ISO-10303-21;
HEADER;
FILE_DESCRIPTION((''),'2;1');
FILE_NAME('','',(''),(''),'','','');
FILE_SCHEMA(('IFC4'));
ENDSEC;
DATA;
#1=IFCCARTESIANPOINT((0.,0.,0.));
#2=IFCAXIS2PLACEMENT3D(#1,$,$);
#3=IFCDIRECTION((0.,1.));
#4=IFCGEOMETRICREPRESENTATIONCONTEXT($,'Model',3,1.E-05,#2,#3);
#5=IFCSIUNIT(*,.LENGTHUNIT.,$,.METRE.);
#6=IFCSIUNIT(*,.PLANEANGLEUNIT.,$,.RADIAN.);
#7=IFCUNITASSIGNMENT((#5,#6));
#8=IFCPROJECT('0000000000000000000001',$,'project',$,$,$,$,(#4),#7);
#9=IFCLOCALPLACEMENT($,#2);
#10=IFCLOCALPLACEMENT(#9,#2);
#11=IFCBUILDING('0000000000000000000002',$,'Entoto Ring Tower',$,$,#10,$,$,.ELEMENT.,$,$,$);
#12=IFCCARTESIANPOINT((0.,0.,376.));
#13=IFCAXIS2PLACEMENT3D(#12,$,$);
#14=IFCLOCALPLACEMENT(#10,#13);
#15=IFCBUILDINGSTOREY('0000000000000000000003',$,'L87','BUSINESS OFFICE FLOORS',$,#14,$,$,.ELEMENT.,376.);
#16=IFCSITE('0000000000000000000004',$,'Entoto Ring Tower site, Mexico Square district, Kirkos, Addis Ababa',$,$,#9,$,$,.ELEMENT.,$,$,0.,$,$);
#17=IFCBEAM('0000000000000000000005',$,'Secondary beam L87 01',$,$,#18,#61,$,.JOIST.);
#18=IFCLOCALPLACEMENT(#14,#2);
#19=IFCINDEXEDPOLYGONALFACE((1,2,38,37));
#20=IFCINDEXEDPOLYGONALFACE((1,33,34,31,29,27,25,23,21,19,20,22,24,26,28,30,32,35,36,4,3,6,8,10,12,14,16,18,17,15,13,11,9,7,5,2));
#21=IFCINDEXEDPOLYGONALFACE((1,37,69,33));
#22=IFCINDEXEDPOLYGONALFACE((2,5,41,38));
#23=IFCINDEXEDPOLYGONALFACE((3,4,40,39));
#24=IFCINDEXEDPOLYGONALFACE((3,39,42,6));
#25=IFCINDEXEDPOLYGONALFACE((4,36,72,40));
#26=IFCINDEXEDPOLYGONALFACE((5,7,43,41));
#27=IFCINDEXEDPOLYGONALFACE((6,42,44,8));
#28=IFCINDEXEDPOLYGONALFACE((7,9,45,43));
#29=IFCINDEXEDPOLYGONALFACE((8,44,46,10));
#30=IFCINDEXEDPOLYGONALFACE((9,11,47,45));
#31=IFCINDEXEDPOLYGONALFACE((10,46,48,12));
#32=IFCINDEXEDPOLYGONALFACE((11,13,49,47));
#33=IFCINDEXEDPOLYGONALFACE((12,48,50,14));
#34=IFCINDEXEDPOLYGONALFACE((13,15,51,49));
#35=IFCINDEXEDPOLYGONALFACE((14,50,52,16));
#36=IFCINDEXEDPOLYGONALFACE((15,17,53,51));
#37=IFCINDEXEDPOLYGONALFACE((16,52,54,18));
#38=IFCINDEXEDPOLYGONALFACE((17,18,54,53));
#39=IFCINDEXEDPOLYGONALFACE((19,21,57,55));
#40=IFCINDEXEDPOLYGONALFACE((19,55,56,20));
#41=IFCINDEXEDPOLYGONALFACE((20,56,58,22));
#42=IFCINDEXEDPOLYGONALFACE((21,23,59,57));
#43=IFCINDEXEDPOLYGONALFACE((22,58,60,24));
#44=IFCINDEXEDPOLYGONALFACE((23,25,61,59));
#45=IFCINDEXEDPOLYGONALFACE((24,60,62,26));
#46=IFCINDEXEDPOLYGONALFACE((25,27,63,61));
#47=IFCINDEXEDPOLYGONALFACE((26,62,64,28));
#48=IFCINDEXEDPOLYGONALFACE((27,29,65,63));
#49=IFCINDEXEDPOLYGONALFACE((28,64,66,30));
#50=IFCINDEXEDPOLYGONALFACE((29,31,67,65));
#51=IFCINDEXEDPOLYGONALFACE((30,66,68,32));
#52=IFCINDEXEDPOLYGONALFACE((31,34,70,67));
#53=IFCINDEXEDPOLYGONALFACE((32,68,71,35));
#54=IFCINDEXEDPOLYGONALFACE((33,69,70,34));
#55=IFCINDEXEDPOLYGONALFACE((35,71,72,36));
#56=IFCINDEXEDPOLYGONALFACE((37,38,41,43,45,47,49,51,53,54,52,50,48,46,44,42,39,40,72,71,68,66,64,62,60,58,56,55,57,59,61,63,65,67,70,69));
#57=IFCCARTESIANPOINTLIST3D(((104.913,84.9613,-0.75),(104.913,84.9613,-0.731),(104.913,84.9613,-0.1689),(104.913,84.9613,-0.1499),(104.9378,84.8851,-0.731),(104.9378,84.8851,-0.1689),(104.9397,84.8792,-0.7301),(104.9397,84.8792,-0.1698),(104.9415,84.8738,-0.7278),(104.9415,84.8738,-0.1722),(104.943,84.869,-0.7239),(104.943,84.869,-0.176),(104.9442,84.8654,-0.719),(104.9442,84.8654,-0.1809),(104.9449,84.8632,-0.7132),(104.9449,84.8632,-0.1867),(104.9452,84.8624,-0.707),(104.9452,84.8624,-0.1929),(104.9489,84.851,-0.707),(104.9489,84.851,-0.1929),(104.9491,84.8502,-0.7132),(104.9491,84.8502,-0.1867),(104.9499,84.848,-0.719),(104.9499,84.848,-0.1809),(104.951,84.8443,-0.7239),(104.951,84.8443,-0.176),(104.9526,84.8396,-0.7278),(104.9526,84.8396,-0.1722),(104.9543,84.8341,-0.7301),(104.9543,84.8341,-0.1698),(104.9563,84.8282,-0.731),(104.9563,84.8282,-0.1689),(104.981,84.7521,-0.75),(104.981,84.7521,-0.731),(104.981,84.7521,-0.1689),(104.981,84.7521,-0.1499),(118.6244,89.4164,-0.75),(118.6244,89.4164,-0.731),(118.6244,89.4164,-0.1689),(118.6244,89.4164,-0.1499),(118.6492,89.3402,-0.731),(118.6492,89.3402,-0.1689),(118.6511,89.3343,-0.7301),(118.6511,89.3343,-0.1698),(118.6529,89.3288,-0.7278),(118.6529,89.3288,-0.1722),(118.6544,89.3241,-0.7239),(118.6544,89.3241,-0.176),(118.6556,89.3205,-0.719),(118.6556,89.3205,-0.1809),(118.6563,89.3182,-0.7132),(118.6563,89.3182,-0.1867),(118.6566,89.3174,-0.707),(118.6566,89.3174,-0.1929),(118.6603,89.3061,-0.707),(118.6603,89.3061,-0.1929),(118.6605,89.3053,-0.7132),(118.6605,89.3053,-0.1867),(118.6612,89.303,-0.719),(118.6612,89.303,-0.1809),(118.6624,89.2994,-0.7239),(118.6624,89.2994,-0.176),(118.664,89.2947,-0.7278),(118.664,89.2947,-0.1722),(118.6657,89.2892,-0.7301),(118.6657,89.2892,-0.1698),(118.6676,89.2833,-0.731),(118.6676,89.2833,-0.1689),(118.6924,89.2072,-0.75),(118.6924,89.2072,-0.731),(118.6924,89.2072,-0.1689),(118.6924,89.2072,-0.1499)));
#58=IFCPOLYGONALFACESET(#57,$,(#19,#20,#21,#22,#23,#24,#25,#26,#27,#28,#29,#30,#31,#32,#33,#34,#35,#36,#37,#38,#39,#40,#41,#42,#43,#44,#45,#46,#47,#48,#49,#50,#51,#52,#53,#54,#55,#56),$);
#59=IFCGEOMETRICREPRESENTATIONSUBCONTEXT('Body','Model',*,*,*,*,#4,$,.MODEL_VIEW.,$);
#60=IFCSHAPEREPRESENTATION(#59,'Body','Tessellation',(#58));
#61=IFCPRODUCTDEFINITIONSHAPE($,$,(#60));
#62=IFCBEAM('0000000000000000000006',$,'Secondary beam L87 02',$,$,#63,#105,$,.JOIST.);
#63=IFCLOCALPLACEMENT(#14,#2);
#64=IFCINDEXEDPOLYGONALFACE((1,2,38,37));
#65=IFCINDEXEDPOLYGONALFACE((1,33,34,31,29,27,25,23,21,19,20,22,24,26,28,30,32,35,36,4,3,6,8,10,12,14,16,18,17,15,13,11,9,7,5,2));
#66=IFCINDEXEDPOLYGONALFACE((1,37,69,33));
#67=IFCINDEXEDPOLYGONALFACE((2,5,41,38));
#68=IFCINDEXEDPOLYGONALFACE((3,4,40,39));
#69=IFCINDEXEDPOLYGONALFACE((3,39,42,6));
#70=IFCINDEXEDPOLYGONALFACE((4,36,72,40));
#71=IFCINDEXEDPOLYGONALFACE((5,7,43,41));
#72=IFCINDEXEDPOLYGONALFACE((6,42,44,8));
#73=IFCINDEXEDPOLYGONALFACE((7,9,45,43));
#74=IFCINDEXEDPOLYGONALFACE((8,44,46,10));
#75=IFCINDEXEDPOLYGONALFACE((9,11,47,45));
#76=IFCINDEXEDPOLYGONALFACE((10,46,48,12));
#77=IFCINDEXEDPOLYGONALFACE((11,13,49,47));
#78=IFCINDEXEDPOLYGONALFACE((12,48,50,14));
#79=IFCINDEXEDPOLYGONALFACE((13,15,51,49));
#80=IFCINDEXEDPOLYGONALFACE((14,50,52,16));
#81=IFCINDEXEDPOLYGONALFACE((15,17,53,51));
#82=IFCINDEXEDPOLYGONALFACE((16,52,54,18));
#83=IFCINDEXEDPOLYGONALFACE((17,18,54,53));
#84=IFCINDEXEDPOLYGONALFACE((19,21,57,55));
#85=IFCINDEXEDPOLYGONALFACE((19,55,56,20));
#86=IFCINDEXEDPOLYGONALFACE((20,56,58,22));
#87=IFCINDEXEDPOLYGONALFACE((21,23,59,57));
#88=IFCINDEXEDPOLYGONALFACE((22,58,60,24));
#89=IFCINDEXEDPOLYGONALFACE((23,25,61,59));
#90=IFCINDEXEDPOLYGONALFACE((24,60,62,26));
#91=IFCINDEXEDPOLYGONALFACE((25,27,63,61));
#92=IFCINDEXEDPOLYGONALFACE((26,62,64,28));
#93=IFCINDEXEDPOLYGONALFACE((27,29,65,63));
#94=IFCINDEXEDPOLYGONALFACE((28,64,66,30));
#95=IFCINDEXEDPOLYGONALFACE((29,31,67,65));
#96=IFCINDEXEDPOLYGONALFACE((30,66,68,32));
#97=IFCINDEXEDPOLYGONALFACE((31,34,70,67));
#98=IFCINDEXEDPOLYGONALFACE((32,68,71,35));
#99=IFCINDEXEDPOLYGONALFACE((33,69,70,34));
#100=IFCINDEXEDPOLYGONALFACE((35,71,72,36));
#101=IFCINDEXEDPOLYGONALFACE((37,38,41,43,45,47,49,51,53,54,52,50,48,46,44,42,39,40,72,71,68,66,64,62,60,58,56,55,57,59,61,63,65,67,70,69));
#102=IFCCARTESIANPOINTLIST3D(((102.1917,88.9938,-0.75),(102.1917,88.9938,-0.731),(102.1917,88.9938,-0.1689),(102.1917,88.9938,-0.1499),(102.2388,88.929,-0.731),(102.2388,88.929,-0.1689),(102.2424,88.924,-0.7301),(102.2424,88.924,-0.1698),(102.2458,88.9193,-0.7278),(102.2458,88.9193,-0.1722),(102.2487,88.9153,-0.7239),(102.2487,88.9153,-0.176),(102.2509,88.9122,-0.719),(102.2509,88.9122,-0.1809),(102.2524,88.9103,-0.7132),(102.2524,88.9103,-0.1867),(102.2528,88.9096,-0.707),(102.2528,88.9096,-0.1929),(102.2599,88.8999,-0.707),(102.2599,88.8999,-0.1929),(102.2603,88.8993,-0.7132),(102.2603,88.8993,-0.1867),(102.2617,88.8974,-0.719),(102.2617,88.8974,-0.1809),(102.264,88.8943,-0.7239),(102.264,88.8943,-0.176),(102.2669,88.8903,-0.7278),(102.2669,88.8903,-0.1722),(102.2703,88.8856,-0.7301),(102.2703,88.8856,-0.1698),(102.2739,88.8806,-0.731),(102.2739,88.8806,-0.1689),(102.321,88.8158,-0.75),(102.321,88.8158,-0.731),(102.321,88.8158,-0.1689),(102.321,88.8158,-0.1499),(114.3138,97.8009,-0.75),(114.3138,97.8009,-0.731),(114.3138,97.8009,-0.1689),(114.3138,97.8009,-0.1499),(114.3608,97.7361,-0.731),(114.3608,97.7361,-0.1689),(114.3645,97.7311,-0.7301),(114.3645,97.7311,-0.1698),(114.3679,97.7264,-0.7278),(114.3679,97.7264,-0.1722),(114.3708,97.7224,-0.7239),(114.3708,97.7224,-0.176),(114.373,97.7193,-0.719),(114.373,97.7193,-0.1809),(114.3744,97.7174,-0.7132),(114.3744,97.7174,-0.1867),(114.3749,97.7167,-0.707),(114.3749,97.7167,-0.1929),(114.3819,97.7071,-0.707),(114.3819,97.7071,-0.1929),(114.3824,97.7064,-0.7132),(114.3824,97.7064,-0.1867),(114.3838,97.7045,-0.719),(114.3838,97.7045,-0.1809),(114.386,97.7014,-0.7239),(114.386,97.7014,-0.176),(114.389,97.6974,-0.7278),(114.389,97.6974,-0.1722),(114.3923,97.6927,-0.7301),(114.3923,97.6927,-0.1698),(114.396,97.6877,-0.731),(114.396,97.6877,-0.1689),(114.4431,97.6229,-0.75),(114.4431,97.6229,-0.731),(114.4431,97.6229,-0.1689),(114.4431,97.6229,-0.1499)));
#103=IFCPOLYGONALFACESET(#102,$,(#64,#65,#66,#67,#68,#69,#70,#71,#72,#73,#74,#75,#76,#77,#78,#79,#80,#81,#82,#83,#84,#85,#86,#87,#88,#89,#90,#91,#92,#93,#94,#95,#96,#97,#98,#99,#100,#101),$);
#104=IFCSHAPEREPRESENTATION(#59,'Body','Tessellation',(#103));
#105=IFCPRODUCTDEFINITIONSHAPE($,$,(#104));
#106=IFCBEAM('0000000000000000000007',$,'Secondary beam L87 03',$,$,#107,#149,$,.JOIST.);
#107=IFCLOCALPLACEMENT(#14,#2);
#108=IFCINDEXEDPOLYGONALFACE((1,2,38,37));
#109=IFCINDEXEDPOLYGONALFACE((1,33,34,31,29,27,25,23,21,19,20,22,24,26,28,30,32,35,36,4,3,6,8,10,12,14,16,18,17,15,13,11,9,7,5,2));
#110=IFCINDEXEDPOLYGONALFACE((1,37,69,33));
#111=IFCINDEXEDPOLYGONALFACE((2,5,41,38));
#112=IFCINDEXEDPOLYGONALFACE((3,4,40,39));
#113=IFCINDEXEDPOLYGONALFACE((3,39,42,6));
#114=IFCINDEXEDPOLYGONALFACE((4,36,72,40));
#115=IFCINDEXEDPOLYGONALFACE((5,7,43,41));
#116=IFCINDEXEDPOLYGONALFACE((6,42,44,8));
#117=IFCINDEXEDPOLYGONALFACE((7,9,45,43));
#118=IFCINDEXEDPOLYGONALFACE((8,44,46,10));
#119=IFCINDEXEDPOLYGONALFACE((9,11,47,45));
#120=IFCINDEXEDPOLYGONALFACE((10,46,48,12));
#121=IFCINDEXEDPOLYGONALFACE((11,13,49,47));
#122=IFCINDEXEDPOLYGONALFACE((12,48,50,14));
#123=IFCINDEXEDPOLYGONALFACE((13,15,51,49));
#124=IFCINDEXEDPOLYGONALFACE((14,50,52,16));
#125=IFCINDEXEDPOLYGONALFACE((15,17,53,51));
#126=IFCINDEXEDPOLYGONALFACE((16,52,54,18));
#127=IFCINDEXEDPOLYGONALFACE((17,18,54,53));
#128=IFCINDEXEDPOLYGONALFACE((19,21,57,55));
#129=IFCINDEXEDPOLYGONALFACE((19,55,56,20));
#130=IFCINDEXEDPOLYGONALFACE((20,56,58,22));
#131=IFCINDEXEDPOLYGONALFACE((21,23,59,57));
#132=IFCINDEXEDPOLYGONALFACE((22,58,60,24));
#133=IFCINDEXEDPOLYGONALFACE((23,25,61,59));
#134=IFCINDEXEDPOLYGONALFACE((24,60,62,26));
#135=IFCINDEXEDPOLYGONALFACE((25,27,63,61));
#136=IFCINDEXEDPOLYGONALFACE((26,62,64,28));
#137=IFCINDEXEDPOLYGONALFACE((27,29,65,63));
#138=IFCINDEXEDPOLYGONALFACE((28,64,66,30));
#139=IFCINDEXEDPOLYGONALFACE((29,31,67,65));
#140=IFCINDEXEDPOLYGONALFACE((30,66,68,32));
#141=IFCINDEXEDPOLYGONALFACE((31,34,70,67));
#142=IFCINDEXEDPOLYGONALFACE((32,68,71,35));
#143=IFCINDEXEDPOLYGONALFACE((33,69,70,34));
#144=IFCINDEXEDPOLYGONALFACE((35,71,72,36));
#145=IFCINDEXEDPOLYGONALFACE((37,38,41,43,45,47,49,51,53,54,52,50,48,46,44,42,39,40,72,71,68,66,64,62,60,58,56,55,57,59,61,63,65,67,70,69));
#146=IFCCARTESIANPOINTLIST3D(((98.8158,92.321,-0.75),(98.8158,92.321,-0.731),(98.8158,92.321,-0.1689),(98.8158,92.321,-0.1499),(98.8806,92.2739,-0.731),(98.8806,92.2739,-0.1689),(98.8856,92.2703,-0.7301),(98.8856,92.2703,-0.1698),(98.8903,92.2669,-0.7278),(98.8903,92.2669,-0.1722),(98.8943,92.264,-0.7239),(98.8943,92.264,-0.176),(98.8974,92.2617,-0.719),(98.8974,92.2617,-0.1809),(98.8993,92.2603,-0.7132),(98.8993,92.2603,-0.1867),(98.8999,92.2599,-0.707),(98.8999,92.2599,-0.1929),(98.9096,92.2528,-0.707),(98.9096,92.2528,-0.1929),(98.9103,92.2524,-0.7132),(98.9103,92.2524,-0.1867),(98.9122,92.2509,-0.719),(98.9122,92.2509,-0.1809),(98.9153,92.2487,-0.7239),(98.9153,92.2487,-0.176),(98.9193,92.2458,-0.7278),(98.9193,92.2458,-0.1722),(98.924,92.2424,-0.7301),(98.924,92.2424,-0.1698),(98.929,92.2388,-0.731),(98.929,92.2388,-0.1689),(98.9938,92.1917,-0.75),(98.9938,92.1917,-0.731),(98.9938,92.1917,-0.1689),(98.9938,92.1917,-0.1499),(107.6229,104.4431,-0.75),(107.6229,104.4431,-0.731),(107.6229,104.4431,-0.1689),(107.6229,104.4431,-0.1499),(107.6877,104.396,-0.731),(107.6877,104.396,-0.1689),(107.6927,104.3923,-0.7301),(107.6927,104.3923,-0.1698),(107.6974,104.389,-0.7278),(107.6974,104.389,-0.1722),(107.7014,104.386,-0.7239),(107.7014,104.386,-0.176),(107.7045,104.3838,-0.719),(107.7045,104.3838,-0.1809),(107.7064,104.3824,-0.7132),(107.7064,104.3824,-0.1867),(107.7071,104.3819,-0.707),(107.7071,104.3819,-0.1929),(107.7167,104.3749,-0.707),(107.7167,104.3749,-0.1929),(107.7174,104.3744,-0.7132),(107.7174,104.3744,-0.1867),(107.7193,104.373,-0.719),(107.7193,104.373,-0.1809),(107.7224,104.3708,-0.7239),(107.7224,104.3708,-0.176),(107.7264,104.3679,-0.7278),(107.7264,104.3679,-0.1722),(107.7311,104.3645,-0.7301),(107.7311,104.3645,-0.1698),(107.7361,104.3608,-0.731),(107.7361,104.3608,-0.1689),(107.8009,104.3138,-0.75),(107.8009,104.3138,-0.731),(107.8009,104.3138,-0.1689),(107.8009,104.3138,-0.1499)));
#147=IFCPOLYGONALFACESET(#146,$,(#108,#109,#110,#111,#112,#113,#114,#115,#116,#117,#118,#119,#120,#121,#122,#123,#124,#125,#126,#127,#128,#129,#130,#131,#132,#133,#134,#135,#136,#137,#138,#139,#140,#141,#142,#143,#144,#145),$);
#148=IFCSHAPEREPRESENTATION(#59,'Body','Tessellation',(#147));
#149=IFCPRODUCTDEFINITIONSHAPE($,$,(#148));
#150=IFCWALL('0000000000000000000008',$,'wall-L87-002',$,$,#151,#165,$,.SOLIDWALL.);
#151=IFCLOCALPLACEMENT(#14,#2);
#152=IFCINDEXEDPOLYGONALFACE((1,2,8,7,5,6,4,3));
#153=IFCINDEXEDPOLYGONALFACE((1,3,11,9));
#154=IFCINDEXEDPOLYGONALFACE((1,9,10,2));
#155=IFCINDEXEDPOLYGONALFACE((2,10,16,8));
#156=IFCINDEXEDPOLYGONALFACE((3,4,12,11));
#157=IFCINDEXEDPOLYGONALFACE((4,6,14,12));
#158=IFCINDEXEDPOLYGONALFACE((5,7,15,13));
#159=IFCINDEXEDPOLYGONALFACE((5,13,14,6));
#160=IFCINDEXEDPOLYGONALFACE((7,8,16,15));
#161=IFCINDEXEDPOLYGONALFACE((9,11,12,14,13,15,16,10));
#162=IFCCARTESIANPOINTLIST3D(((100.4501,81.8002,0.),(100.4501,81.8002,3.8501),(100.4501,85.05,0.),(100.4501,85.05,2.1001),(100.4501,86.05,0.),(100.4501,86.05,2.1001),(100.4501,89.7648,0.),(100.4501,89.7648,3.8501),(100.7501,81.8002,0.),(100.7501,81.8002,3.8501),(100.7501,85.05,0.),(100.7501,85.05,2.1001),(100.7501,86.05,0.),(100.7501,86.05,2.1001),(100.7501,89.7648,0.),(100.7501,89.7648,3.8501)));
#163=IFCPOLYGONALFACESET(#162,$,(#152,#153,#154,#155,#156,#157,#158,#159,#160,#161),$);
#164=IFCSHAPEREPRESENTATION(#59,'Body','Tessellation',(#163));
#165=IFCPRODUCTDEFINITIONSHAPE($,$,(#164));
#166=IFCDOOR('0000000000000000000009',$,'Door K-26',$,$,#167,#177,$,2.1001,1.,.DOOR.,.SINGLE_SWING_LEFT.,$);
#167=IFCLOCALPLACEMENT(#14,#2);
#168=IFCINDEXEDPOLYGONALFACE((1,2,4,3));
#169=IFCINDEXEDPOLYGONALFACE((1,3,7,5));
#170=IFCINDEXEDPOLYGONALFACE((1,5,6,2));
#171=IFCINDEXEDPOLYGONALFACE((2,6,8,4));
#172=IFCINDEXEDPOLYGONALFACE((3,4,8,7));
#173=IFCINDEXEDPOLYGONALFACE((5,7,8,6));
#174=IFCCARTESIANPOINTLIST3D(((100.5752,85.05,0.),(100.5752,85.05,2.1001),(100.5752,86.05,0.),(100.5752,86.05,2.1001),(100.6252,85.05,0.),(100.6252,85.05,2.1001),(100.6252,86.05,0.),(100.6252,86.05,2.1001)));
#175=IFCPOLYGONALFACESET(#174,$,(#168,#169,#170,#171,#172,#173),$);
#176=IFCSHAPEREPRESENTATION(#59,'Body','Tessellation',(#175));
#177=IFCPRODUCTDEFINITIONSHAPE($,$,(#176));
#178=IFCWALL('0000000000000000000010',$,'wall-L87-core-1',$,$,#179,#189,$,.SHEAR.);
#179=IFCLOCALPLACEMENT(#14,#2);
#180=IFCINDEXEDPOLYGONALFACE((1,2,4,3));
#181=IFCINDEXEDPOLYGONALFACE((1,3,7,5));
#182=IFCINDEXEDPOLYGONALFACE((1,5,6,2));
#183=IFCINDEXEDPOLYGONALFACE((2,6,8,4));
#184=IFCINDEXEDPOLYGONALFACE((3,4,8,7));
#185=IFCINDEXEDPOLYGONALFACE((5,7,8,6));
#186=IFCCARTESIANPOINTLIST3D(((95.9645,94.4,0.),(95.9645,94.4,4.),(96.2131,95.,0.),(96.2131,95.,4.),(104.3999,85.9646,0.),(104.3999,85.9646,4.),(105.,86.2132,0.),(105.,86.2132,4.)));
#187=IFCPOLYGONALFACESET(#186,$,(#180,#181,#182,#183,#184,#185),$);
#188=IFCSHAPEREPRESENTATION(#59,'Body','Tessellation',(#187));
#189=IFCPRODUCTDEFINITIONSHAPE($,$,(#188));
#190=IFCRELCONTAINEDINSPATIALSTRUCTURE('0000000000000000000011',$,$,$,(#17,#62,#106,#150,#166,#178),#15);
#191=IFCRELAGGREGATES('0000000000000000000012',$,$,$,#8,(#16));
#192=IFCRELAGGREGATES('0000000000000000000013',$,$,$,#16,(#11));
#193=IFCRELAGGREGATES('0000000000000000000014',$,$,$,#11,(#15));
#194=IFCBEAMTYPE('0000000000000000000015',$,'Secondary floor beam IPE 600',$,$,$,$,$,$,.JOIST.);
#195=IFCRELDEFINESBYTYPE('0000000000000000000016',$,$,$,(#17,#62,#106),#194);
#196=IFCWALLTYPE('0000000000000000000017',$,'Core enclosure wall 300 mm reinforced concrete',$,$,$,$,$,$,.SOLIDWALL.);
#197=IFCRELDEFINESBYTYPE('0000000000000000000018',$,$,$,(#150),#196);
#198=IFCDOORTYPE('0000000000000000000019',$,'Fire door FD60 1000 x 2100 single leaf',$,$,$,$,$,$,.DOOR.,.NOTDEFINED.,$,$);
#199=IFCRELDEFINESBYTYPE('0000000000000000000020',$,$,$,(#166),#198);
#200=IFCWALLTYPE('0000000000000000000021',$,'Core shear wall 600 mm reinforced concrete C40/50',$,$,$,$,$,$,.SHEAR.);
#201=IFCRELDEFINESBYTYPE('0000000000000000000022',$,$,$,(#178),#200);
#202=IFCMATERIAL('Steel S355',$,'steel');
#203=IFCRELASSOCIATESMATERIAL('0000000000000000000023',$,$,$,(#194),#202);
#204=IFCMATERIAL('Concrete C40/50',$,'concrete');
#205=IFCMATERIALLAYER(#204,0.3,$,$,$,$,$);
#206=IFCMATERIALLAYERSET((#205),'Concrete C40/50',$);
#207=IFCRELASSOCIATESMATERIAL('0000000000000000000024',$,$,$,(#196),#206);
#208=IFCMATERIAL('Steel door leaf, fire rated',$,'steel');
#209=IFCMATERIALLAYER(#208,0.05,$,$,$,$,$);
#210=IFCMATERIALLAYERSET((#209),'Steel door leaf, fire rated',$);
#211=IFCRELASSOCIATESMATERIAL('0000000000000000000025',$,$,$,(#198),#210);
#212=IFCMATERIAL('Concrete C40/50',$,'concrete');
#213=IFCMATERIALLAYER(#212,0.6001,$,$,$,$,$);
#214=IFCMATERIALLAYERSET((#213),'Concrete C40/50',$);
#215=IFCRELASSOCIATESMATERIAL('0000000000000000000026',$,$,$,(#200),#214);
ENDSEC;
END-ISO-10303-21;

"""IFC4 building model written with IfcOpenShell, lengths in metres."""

from ifc_helpers import new_model, si_unit, direction, frame, frame_2d, origin, origin_2d, place, context, subcontext, project, spatial, polyline, rectangle, i_section, outline, extrude, material, layer, layer_set, material_profile, profile_set, type_object, element, fill, save


model = new_model("IFC4")

# Units and contexts
model_context = context("Model", 3, precision=1e-05, world=origin(), true_north=direction((0.0, 1.0)))
body_context = subcontext(model_context, "Body", "Model", "MODEL_VIEW")
ifc_project = project(units=[si_unit("LENGTHUNIT", "METRE"), si_unit("PLANEANGLEUNIT", "RADIAN")], contexts=[model_context])

# Site, building, storey
site_placement = place(None, origin())
site = spatial("IfcSite", under=ifc_project, at=site_placement, Name="Entoto Ring Tower site, Mexico Square district, Kirkos, Addis Ababa", CompositionType="ELEMENT", RefElevation=0.0)
building_placement = place(site_placement, origin())
building = spatial("IfcBuilding", under=site, at=building_placement, Name="Entoto Ring Tower", CompositionType="ELEMENT")
storey_placement = place(building_placement, frame((0.0, 0.0, 376.0)))
storey = spatial("IfcBuildingStorey", under=building, at=storey_placement, Name="L87", Description="BUSINESS OFFICE FLOORS", CompositionType="ELEMENT", Elevation=376.0)

# Beams
ifc_material_1 = material(Name="Steel S355", Category="steel")
ifc_material_profile_1 = material_profile(ifc_material_1, i_section(OverallWidth=0.22, OverallDepth=0.6001, WebThickness=0.012, FlangeThickness=0.019, FilletRadius=0.0239, at=origin_2d()), Name="IPE 600")
ifc_profile_set_1 = profile_set([ifc_material_profile_1], Name="Steel S355")
beam_type_1 = type_object("IfcBeamType", Name="Secondary floor beam IPE 600", PredefinedType="JOIST", material=ifc_profile_set_1)
beam_1_placement = place(storey_placement, frame((104.947, 84.8567, -0.45), z_axis=(0.951057, 0.309015, 0.0), x_axis=(-0.309015, 0.951057, 0.0)))
element("IfcBeam", 1, at=beam_1_placement, inside=storey, type_object=beam_type_1, Name="Secondary beam L87 01", PredefinedType="JOIST", context=body_context, shape_type="SweptSolid", body=[
    extrude(i_section(OverallWidth=0.22, OverallDepth=0.6001, WebThickness=0.012, FlangeThickness=0.019, FilletRadius=0.0239, at=origin_2d()), origin(), (0.0, 0.0, 1.0), 14.417),
])
for number, where, z_axis, x_axis, name in (
    (2, (102.2563, 88.9048, -0.45), (0.809019, 0.587782, 0.0), (-0.587782, 0.809019, 0.0), "Secondary beam L87 02"),
    (3, (98.9048, 92.2563, -0.45), (0.587782, 0.809019, 0.0), (-0.809019, 0.587782, 0.0), "Secondary beam L87 03"),
):
    element("IfcBeam", number, at=place(storey_placement, frame(where, z_axis=z_axis, x_axis=x_axis)), inside=storey, type_object=beam_type_1, Name=name, PredefinedType="JOIST", context=body_context, shape_type="SweptSolid", body=[
        extrude(i_section(OverallWidth=0.22, OverallDepth=0.6001, WebThickness=0.012, FlangeThickness=0.019, FilletRadius=0.0239, at=origin_2d()), origin(), (0.0, 0.0, 1.0), 14.9836),
    ])

# Wall, opening, door
ifc_material_2 = material(Name="Concrete C40/50", Category="concrete")
ifc_layer_1 = layer(ifc_material_2, 0.3)
ifc_layer_set_1 = layer_set([ifc_layer_1], Name="Concrete C40/50")
wall_type_1 = type_object("IfcWallType", Name="Core enclosure wall 300 mm reinforced concrete", PredefinedType="SOLIDWALL", material=ifc_layer_set_1)
wall_1_placement = place(storey_placement, frame((100.6001, 81.8, 0.0), z_axis=(0.0, 0.0, 1.0), x_axis=(0.0, 1.0, 0.0)))
wall_1 = element("IfcWall", 4, at=wall_1_placement, inside=storey, type_object=wall_type_1, Name="wall-L87-002", PredefinedType="SOLIDWALL", context=body_context, shape_type="SweptSolid", body=[
    extrude(rectangle(XDim=7.9646, YDim=0.3, at=frame_2d((3.9824, 0.0))), origin(), (0.0, 0.0, 1.0), 3.8501),
])
opening_1_placement = place(wall_1_placement, frame((3.25, 0.0, 0.0)))
opening_1 = element("IfcOpeningElement", 5, at=opening_1_placement, cuts=wall_1, PredefinedType="OPENING", context=body_context, shape_type="SweptSolid", body=[
    extrude(rectangle(XDim=1.0, YDim=2.1001, at=frame_2d((0.5, 1.05))), frame((0.0, 0.1602, 0.0), z_axis=(0.0, -1.0, 0.0), x_axis=(1.0, 0.0, 0.0)), (0.0, 0.0, 1.0), 0.3201),
])
ifc_material_3 = material(Name="Steel door leaf, fire rated", Category="steel")
ifc_layer_2 = layer(ifc_material_3, 0.05)
ifc_layer_set_2 = layer_set([ifc_layer_2], Name="Steel door leaf, fire rated")
door_type_1 = type_object("IfcDoorType", Name="Fire door FD60 1000 x 2100 single leaf", OperationType="NOTDEFINED", PredefinedType="DOOR", material=ifc_layer_set_2)
door_1_placement = place(opening_1_placement, origin())
door_1 = element("IfcDoor", 6, at=door_1_placement, inside=storey, type_object=door_type_1, Name="Door K-26", OperationType="SINGLE_SWING_LEFT", OverallHeight=2.1001, OverallWidth=1.0, PredefinedType="DOOR", context=body_context, shape_type="SweptSolid", body=[
    extrude(rectangle(XDim=1.0, YDim=2.1001, at=frame_2d((0.5, 1.05))), frame((0.0, 0.0249, 0.0), z_axis=(0.0, -1.0, 0.0), x_axis=(1.0, 0.0, 0.0)), (0.0, 0.0, 1.0), 0.05),
])
fill(opening_1, door_1)

# Wall
ifc_material_4 = material(Name="Concrete C40/50", Category="concrete")
ifc_layer_3 = layer(ifc_material_4, 0.6001)
ifc_layer_set_3 = layer_set([ifc_layer_3], Name="Concrete C40/50")
wall_type_2 = type_object("IfcWallType", Name="Core shear wall 600 mm reinforced concrete C40/50", PredefinedType="SHEAR", material=ifc_layer_set_3)
wall_2_placement = place(storey_placement, frame((104.7, 86.0889, 0.0), z_axis=(0.0, 0.0, 1.0), x_axis=(-0.707107, 0.707107, 0.0)))
element("IfcWall", 7, at=wall_2_placement, inside=storey, type_object=wall_type_2, Name="wall-L87-core-1", PredefinedType="SHEAR", context=body_context, shape_type="SweptSolid", body=[
    extrude(outline(polyline([(-0.1243, -0.3), (12.3022, -0.3), (12.0537, 0.3), (0.1243, 0.3), (-0.1243, -0.3)])), origin(), (0.0, 0.0, 1.0), 4.0),
])

save(model, "model.ifc")
